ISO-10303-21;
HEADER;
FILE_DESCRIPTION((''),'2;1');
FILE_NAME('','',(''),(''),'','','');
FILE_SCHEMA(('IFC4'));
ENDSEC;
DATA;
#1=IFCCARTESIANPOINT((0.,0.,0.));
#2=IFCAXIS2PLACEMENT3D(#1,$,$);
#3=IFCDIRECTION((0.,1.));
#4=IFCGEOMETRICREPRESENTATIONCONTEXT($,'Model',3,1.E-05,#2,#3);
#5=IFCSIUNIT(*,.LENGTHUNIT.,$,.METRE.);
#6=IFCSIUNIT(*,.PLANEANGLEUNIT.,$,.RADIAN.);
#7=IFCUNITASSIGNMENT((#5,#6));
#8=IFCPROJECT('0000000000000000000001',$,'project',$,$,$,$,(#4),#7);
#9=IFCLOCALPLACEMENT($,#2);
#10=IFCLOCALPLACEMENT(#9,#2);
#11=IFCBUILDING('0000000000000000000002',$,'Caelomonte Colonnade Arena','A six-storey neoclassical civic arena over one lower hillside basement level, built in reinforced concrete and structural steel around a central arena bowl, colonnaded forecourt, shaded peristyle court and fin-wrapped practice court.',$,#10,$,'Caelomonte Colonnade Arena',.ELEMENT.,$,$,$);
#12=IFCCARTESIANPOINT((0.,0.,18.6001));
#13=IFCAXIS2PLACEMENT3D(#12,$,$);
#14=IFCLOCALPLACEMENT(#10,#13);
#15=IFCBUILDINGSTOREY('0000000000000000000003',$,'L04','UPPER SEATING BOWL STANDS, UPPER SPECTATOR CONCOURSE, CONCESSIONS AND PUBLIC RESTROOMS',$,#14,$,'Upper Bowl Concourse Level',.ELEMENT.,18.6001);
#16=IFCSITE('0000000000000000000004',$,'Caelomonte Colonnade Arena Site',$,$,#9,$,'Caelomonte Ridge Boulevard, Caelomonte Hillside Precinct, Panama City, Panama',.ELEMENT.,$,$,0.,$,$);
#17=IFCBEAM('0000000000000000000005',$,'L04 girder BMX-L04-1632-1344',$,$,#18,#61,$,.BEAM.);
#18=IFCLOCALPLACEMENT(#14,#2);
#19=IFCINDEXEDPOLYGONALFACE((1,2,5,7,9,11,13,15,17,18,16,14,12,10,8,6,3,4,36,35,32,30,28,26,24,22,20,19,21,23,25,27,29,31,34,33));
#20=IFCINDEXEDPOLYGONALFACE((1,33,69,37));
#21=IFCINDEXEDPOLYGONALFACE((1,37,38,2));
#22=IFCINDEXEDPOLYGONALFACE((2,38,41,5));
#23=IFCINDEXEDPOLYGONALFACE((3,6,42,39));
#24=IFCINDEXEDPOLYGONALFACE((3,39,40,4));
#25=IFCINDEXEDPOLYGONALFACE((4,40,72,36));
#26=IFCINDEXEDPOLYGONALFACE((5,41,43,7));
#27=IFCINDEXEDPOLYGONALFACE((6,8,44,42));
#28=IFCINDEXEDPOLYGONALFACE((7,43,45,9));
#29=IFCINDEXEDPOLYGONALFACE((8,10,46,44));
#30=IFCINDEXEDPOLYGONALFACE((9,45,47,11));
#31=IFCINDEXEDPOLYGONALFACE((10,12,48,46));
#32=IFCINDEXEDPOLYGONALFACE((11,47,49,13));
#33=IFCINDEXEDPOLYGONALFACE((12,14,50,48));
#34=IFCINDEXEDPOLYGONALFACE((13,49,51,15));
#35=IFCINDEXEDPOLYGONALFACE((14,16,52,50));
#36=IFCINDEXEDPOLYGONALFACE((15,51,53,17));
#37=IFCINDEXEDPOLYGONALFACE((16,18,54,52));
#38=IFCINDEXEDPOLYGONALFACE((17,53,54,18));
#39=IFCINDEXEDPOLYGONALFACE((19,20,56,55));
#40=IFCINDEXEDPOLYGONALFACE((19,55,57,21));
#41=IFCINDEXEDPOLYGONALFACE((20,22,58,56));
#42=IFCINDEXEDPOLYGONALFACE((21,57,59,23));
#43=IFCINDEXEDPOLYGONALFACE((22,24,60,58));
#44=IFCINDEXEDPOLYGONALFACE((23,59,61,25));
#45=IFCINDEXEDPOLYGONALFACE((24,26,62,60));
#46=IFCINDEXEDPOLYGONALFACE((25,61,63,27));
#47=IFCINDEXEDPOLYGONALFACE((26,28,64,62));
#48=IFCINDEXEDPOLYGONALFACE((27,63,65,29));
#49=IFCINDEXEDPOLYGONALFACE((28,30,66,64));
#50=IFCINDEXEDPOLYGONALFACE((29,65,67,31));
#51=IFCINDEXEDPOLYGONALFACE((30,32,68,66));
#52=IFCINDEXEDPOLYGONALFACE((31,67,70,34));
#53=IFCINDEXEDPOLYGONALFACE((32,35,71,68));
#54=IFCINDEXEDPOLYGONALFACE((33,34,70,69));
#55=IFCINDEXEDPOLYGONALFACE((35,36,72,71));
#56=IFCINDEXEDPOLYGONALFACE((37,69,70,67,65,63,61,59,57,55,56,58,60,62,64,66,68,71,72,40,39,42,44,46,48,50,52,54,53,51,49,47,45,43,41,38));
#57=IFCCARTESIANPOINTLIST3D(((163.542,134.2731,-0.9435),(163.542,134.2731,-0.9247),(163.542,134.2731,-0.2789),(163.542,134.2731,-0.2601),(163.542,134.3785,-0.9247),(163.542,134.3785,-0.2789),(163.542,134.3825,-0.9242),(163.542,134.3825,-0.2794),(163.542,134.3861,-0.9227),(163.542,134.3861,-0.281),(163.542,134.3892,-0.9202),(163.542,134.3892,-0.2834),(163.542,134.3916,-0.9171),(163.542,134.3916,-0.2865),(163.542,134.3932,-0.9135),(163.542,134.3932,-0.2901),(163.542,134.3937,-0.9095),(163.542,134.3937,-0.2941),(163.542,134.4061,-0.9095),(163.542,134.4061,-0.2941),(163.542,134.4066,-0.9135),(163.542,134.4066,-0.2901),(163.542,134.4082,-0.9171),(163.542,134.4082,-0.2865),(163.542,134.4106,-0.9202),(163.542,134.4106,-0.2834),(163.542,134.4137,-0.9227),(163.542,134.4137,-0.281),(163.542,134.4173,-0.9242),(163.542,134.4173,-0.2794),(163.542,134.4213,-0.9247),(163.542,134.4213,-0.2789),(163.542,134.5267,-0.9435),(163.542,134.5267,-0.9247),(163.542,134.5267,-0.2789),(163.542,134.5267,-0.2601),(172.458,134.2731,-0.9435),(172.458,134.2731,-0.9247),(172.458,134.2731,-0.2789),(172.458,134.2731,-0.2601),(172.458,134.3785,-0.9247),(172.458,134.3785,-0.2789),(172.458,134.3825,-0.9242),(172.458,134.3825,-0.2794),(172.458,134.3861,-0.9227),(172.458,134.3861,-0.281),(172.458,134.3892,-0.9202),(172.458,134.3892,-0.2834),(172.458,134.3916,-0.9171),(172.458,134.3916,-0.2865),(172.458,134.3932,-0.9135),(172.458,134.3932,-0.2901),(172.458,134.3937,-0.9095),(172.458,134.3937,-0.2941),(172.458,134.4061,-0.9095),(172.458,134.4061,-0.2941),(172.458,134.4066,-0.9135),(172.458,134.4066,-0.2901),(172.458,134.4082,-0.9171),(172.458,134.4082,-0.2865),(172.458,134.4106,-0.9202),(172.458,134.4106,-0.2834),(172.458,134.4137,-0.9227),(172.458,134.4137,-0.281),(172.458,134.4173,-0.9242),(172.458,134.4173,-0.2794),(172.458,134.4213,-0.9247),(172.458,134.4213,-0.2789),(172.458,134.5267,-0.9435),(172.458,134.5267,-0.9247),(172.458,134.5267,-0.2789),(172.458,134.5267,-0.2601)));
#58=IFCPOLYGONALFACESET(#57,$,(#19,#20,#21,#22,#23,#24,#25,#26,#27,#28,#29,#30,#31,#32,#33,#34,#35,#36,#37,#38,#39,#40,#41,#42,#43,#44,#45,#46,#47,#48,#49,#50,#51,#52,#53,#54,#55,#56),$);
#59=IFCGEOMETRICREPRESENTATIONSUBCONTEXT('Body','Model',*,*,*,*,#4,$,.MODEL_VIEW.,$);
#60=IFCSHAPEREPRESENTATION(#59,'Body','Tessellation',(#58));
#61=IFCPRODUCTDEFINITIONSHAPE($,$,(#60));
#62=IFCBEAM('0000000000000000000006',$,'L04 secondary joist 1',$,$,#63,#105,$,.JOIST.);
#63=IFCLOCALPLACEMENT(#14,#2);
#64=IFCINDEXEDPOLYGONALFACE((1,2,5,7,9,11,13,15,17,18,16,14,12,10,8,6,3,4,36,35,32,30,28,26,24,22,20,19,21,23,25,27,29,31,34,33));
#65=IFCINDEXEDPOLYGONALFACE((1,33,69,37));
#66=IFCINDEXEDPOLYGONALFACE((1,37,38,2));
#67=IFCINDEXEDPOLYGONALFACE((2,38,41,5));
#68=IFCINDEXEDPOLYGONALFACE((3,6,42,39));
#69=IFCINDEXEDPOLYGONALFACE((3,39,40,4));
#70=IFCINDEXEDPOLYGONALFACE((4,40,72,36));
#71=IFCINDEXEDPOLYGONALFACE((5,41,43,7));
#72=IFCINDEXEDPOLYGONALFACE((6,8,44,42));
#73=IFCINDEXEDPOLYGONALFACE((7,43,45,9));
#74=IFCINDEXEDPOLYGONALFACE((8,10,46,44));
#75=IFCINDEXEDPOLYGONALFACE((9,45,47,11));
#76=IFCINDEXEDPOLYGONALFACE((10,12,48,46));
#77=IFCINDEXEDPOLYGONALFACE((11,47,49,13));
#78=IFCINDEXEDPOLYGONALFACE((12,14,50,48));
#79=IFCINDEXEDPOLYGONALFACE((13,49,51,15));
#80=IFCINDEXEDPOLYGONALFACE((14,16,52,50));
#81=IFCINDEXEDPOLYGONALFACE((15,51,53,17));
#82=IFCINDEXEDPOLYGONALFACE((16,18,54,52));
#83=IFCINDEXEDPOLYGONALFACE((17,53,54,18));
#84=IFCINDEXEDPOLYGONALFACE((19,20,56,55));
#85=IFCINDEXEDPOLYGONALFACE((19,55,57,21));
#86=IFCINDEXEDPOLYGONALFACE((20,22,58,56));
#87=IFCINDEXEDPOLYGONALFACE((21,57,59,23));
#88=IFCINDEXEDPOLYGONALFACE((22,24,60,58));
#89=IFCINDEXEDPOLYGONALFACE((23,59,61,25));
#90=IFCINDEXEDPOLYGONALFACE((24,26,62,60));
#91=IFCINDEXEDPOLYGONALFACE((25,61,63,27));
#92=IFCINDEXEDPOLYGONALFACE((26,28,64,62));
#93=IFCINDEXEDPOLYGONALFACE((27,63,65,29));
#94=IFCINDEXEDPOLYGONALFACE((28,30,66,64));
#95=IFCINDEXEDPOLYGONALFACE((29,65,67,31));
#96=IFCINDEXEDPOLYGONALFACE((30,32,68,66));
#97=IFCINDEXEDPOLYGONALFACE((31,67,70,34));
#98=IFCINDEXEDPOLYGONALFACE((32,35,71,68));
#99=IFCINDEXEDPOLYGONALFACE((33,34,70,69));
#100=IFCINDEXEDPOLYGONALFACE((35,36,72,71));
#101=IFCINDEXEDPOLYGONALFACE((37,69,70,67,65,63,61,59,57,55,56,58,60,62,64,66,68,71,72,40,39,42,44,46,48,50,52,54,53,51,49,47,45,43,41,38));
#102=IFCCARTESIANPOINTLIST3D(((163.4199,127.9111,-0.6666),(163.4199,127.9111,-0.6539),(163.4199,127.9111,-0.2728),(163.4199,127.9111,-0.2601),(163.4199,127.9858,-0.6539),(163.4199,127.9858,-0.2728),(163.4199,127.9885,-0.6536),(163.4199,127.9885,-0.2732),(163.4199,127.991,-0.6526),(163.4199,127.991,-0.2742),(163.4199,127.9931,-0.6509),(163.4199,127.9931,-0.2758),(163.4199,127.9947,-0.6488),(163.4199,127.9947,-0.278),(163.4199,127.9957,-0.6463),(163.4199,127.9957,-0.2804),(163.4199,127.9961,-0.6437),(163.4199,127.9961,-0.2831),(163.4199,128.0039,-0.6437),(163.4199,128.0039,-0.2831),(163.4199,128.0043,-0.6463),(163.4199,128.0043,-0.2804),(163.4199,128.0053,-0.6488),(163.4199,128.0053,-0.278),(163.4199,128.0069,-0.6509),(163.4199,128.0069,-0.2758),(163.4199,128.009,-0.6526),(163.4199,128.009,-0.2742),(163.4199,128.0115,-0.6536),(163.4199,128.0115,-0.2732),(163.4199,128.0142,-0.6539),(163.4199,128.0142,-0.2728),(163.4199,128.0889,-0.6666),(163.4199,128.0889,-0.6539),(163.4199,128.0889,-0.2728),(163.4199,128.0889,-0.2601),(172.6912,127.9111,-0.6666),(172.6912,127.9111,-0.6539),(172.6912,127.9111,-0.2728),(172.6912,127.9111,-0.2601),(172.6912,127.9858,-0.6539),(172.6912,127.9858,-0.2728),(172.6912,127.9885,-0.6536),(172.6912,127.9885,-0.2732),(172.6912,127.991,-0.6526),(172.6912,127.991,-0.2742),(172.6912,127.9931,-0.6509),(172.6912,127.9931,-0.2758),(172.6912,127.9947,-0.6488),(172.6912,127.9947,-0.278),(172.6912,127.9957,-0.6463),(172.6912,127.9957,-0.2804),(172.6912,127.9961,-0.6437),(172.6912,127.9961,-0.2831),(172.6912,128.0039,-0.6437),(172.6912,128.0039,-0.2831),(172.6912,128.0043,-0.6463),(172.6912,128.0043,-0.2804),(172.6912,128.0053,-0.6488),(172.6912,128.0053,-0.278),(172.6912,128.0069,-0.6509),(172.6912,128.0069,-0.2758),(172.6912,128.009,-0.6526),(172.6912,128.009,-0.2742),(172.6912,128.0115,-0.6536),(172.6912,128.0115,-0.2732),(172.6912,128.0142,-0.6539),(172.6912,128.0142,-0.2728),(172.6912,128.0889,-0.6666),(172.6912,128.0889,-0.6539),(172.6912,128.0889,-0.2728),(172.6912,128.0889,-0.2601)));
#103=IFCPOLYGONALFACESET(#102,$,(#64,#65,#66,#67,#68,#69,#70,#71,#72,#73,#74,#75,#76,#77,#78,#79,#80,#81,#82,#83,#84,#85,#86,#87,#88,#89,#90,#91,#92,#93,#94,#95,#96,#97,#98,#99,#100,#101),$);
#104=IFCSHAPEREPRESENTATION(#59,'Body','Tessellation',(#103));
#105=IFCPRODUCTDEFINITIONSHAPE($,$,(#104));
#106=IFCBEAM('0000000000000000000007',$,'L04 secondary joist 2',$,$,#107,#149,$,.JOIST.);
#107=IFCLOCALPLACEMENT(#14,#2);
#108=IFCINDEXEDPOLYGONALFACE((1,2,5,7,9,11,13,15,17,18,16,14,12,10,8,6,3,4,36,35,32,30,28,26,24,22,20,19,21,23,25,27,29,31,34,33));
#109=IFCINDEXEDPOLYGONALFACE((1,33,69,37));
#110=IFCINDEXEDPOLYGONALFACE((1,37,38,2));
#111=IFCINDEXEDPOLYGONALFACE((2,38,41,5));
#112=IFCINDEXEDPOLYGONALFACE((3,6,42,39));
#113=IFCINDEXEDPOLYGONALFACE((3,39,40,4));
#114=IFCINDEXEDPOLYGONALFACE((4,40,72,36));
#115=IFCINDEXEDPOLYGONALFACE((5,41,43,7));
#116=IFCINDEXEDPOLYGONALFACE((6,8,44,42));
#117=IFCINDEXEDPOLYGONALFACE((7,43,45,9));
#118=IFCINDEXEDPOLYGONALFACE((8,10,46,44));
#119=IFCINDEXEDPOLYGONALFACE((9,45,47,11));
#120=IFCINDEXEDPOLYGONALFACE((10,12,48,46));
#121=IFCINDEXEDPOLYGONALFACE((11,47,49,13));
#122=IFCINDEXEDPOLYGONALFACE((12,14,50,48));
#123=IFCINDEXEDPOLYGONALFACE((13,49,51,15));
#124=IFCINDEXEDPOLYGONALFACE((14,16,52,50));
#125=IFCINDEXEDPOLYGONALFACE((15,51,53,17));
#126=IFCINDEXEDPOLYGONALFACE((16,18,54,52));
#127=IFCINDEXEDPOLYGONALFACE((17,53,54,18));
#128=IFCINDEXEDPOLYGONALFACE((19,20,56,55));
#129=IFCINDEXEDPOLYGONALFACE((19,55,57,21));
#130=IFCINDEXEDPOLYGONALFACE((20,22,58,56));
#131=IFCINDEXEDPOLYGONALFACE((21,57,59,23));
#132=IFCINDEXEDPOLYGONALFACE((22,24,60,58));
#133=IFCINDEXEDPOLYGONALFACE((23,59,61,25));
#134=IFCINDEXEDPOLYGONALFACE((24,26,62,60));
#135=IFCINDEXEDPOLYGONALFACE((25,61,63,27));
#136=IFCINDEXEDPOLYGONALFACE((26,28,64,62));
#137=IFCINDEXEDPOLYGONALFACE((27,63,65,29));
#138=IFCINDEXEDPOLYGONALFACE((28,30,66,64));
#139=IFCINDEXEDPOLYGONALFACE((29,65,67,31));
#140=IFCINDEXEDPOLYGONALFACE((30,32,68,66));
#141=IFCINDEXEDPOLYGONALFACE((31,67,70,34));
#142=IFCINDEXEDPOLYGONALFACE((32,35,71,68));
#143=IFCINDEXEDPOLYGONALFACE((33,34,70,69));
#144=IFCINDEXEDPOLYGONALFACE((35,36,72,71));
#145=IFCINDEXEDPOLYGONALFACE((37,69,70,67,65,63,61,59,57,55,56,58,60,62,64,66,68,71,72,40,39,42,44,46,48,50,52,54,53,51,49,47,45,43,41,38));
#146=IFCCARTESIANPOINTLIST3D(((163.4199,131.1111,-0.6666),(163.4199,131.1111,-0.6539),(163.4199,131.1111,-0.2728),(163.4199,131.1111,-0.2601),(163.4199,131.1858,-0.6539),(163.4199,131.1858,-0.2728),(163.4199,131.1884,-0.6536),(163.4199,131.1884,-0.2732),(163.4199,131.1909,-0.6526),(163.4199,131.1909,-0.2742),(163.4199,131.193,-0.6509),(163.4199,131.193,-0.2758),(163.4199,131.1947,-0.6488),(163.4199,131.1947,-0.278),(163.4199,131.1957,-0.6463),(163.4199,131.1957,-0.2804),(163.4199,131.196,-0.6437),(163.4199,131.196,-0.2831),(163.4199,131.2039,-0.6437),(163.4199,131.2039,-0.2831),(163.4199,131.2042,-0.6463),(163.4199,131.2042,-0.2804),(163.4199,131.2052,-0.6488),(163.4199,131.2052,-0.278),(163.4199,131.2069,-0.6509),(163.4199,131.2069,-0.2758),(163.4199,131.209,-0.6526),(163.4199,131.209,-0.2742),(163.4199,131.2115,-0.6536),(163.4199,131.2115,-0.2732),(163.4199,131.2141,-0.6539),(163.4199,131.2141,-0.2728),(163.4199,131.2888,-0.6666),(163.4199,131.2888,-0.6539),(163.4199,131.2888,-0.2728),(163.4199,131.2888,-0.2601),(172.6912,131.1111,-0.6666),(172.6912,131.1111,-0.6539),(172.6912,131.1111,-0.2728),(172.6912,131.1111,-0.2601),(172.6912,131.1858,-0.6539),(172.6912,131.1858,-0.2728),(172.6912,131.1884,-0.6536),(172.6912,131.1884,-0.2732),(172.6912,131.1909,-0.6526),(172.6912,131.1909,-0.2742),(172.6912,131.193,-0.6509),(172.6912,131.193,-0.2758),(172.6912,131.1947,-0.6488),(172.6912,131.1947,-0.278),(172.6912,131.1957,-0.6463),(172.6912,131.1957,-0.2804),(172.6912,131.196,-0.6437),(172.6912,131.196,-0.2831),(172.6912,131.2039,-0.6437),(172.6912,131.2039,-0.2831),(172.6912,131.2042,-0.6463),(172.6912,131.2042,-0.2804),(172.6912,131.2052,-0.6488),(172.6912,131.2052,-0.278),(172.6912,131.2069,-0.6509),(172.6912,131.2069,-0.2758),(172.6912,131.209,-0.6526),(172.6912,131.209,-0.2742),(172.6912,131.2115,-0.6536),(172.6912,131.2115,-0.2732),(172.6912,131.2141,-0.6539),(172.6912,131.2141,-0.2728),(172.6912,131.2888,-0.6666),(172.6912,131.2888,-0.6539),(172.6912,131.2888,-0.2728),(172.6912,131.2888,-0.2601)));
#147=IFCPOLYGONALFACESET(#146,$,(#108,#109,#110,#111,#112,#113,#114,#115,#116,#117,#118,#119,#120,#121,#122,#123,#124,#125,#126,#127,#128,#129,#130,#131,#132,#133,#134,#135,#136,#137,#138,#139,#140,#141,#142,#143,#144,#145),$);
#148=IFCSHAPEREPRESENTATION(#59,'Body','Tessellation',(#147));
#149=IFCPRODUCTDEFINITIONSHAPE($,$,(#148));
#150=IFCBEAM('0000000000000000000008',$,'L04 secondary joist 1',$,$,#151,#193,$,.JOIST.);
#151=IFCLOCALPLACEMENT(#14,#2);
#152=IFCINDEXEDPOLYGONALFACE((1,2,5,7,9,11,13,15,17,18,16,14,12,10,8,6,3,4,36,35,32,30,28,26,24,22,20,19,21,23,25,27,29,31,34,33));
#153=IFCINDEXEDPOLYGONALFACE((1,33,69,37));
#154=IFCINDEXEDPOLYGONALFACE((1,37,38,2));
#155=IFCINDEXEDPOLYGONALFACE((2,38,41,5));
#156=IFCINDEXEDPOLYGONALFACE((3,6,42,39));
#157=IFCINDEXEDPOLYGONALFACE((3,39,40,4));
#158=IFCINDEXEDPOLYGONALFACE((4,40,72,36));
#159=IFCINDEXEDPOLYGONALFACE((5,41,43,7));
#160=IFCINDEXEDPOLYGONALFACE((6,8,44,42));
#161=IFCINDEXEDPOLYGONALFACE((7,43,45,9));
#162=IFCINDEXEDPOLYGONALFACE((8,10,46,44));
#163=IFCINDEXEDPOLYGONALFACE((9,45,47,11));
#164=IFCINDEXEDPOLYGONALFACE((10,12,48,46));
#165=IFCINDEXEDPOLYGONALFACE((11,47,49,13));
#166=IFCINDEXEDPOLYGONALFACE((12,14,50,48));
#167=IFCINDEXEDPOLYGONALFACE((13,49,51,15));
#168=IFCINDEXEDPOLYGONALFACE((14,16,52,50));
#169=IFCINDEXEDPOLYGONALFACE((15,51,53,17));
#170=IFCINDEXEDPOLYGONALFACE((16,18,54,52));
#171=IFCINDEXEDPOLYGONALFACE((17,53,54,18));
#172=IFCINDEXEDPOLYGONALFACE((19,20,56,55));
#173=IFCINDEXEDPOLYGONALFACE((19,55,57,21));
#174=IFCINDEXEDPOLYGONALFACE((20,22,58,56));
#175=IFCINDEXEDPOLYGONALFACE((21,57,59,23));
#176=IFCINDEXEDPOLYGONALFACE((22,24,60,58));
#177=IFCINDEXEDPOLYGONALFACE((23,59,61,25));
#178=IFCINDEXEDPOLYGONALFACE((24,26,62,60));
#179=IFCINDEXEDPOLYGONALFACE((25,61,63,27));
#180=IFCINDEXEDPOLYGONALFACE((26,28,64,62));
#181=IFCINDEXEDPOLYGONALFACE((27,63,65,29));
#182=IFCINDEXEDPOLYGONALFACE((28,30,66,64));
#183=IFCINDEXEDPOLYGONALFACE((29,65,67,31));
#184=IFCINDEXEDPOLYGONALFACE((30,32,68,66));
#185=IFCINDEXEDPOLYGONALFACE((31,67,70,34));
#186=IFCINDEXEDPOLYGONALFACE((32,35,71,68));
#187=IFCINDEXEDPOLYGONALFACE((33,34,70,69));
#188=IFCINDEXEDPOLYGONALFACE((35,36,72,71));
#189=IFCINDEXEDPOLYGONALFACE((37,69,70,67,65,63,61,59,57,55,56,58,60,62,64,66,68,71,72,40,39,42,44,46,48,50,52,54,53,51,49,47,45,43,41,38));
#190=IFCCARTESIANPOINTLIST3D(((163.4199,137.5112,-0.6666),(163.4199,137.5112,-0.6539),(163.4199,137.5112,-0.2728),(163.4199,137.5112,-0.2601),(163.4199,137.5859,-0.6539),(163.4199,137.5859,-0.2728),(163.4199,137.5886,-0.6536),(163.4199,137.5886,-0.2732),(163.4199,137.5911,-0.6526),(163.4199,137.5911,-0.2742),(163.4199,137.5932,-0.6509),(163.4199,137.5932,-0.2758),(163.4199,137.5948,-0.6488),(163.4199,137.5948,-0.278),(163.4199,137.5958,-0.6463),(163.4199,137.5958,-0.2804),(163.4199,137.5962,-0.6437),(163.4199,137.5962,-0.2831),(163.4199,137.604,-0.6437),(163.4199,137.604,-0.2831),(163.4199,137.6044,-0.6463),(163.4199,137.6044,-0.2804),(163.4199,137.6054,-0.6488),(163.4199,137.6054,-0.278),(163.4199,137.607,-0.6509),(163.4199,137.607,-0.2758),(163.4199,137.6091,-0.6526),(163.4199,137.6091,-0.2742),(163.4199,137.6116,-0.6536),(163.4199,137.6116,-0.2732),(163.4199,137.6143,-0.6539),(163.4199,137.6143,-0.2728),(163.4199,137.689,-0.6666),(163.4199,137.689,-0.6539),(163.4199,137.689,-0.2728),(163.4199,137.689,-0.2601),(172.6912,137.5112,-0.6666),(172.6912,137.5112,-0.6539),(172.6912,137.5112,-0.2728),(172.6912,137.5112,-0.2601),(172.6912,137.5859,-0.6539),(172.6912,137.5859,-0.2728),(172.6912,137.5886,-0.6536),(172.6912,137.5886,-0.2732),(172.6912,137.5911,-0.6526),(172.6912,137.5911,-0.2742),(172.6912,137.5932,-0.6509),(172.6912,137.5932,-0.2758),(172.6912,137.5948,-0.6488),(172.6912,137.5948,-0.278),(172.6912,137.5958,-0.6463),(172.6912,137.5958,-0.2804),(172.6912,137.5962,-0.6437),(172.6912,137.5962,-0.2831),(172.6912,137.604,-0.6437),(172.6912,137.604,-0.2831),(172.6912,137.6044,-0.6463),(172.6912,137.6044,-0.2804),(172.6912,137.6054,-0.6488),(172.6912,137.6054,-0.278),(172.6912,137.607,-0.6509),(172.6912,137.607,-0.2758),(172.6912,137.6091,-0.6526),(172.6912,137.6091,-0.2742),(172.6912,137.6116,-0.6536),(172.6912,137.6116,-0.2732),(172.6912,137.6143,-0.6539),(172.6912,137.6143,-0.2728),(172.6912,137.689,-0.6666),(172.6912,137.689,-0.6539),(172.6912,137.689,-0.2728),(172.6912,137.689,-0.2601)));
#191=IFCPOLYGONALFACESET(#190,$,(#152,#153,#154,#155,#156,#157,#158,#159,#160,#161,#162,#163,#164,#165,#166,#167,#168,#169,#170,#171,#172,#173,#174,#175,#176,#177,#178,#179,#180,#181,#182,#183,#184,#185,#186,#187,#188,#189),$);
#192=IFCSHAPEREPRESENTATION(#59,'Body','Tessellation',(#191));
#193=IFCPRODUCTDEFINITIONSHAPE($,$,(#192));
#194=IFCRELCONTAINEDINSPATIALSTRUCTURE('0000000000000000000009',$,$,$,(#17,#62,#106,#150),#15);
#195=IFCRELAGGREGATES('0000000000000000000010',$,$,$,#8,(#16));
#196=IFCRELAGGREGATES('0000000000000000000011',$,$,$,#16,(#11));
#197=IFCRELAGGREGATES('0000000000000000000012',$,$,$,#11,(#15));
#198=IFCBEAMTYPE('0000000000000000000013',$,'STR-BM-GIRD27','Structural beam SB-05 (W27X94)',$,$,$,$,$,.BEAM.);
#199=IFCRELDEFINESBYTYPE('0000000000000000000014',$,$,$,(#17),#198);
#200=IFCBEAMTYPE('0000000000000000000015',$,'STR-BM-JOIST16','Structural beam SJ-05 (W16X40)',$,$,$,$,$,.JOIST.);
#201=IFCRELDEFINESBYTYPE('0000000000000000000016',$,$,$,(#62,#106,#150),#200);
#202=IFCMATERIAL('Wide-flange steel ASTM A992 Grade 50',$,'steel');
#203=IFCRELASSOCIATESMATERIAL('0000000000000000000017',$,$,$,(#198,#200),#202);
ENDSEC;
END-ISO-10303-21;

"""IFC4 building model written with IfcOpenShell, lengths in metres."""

from ifc_helpers import new_model, si_unit, direction, frame, origin, origin_2d, place, context, subcontext, project, spatial, i_section, extrude, material, material_profile, profile_set, type_object, element, save


model = new_model("IFC4")

# Units and contexts
model_context = context("Model", 3, precision=1e-05, world=origin(), true_north=direction((0.0, 1.0)))
body_context = subcontext(model_context, "Body", "Model", "MODEL_VIEW")
ifc_project = project(units=[si_unit("LENGTHUNIT", "METRE"), si_unit("PLANEANGLEUNIT", "RADIAN")], contexts=[model_context])

# Site, building, storey
site_placement = place(None, origin())
site = spatial("IfcSite", under=ifc_project, at=site_placement, Name="Caelomonte Colonnade Arena Site", LongName="Caelomonte Ridge Boulevard, Caelomonte Hillside Precinct, Panama City, Panama", CompositionType="ELEMENT", RefElevation=0.0)
building_placement = place(site_placement, origin())
building = spatial("IfcBuilding", under=site, at=building_placement, Name="Caelomonte Colonnade Arena", Description="A six-storey neoclassical civic arena over one lower hillside basement level, built in reinforced concrete and structural steel around a central arena bowl, colonnaded forecourt, shaded peristyle court and fin-wrapped practice court.", LongName="Caelomonte Colonnade Arena", CompositionType="ELEMENT")
storey_placement = place(building_placement, frame((0.0, 0.0, 18.6001)))
storey = spatial("IfcBuildingStorey", under=building, at=storey_placement, Name="L04", Description="UPPER SEATING BOWL STANDS, UPPER SPECTATOR CONCOURSE, CONCESSIONS AND PUBLIC RESTROOMS", LongName="Upper Bowl Concourse Level", CompositionType="ELEMENT", Elevation=18.6001)

# Shared definitions
ifc_material_1 = material(Name="Wide-flange steel ASTM A992 Grade 50", Category="steel")

# Beams
ifc_material_profile_1 = material_profile(ifc_material_1, i_section(OverallWidth=0.2537, OverallDepth=0.6833, WebThickness=0.0125, FlangeThickness=0.0188, FilletRadius=0.0151, at=origin_2d()), Name="W27X94")
ifc_profile_set_1 = profile_set([ifc_material_profile_1], Name="Wide-flange steel ASTM A992 Grade 50")
beam_type_1 = type_object("IfcBeamType", Name="STR-BM-GIRD27", Description="Structural beam SB-05 (W27X94)", PredefinedType="BEAM", material=ifc_profile_set_1)
beam_1_placement = place(storey_placement, frame((163.542, 134.3999, -0.6018), z_axis=(1.0, 0.0, 0.0), x_axis=(0.0, 1.0, 0.0)))
element("IfcBeam", 1, at=beam_1_placement, inside=storey, type_object=beam_type_1, Name="L04 girder BMX-L04-1632-1344", PredefinedType="BEAM", context=body_context, shape_type="SweptSolid", body=[
    extrude(i_section(OverallWidth=0.2537, OverallDepth=0.6833, WebThickness=0.0125, FlangeThickness=0.0188, FilletRadius=0.0151, at=origin_2d()), origin(), (0.0, 0.0, 1.0), 8.916),
])
ifc_material_profile_2 = material_profile(ifc_material_1, i_section(OverallWidth=0.1777, OverallDepth=0.4065, WebThickness=0.0078, FlangeThickness=0.0127, FilletRadius=0.0103, at=origin_2d()), Name="W16X40")
ifc_profile_set_2 = profile_set([ifc_material_profile_2], Name="Wide-flange steel ASTM A992 Grade 50")
beam_type_2 = type_object("IfcBeamType", Name="STR-BM-JOIST16", Description="Structural beam SJ-05 (W16X40)", PredefinedType="JOIST", material=ifc_profile_set_2)
for number, where, z_axis, x_axis, name in (
    (2, (163.4199, 128.0, -0.4634), (1.0, 0.0, 0.0), (0.0, 1.0, 0.0), "L04 secondary joist 1"),
    (3, (163.4199, 131.2, -0.4634), (1.0, 0.0, 0.0), (0.0, 1.0, 0.0), "L04 secondary joist 2"),
    (4, (163.4199, 137.6001, -0.4634), (1.0, 0.0, 0.0), (0.0, 1.0, 0.0), "L04 secondary joist 1"),
):
    element("IfcBeam", number, at=place(storey_placement, frame(where, z_axis=z_axis, x_axis=x_axis)), inside=storey, type_object=beam_type_2, Name=name, PredefinedType="JOIST", context=body_context, shape_type="SweptSolid", body=[
        extrude(i_section(OverallWidth=0.1777, OverallDepth=0.4065, WebThickness=0.0078, FlangeThickness=0.0127, FilletRadius=0.0103, at=origin_2d()), origin(), (0.0, 0.0, 1.0), 9.2712),
    ])

save(model, "model.ifc")
